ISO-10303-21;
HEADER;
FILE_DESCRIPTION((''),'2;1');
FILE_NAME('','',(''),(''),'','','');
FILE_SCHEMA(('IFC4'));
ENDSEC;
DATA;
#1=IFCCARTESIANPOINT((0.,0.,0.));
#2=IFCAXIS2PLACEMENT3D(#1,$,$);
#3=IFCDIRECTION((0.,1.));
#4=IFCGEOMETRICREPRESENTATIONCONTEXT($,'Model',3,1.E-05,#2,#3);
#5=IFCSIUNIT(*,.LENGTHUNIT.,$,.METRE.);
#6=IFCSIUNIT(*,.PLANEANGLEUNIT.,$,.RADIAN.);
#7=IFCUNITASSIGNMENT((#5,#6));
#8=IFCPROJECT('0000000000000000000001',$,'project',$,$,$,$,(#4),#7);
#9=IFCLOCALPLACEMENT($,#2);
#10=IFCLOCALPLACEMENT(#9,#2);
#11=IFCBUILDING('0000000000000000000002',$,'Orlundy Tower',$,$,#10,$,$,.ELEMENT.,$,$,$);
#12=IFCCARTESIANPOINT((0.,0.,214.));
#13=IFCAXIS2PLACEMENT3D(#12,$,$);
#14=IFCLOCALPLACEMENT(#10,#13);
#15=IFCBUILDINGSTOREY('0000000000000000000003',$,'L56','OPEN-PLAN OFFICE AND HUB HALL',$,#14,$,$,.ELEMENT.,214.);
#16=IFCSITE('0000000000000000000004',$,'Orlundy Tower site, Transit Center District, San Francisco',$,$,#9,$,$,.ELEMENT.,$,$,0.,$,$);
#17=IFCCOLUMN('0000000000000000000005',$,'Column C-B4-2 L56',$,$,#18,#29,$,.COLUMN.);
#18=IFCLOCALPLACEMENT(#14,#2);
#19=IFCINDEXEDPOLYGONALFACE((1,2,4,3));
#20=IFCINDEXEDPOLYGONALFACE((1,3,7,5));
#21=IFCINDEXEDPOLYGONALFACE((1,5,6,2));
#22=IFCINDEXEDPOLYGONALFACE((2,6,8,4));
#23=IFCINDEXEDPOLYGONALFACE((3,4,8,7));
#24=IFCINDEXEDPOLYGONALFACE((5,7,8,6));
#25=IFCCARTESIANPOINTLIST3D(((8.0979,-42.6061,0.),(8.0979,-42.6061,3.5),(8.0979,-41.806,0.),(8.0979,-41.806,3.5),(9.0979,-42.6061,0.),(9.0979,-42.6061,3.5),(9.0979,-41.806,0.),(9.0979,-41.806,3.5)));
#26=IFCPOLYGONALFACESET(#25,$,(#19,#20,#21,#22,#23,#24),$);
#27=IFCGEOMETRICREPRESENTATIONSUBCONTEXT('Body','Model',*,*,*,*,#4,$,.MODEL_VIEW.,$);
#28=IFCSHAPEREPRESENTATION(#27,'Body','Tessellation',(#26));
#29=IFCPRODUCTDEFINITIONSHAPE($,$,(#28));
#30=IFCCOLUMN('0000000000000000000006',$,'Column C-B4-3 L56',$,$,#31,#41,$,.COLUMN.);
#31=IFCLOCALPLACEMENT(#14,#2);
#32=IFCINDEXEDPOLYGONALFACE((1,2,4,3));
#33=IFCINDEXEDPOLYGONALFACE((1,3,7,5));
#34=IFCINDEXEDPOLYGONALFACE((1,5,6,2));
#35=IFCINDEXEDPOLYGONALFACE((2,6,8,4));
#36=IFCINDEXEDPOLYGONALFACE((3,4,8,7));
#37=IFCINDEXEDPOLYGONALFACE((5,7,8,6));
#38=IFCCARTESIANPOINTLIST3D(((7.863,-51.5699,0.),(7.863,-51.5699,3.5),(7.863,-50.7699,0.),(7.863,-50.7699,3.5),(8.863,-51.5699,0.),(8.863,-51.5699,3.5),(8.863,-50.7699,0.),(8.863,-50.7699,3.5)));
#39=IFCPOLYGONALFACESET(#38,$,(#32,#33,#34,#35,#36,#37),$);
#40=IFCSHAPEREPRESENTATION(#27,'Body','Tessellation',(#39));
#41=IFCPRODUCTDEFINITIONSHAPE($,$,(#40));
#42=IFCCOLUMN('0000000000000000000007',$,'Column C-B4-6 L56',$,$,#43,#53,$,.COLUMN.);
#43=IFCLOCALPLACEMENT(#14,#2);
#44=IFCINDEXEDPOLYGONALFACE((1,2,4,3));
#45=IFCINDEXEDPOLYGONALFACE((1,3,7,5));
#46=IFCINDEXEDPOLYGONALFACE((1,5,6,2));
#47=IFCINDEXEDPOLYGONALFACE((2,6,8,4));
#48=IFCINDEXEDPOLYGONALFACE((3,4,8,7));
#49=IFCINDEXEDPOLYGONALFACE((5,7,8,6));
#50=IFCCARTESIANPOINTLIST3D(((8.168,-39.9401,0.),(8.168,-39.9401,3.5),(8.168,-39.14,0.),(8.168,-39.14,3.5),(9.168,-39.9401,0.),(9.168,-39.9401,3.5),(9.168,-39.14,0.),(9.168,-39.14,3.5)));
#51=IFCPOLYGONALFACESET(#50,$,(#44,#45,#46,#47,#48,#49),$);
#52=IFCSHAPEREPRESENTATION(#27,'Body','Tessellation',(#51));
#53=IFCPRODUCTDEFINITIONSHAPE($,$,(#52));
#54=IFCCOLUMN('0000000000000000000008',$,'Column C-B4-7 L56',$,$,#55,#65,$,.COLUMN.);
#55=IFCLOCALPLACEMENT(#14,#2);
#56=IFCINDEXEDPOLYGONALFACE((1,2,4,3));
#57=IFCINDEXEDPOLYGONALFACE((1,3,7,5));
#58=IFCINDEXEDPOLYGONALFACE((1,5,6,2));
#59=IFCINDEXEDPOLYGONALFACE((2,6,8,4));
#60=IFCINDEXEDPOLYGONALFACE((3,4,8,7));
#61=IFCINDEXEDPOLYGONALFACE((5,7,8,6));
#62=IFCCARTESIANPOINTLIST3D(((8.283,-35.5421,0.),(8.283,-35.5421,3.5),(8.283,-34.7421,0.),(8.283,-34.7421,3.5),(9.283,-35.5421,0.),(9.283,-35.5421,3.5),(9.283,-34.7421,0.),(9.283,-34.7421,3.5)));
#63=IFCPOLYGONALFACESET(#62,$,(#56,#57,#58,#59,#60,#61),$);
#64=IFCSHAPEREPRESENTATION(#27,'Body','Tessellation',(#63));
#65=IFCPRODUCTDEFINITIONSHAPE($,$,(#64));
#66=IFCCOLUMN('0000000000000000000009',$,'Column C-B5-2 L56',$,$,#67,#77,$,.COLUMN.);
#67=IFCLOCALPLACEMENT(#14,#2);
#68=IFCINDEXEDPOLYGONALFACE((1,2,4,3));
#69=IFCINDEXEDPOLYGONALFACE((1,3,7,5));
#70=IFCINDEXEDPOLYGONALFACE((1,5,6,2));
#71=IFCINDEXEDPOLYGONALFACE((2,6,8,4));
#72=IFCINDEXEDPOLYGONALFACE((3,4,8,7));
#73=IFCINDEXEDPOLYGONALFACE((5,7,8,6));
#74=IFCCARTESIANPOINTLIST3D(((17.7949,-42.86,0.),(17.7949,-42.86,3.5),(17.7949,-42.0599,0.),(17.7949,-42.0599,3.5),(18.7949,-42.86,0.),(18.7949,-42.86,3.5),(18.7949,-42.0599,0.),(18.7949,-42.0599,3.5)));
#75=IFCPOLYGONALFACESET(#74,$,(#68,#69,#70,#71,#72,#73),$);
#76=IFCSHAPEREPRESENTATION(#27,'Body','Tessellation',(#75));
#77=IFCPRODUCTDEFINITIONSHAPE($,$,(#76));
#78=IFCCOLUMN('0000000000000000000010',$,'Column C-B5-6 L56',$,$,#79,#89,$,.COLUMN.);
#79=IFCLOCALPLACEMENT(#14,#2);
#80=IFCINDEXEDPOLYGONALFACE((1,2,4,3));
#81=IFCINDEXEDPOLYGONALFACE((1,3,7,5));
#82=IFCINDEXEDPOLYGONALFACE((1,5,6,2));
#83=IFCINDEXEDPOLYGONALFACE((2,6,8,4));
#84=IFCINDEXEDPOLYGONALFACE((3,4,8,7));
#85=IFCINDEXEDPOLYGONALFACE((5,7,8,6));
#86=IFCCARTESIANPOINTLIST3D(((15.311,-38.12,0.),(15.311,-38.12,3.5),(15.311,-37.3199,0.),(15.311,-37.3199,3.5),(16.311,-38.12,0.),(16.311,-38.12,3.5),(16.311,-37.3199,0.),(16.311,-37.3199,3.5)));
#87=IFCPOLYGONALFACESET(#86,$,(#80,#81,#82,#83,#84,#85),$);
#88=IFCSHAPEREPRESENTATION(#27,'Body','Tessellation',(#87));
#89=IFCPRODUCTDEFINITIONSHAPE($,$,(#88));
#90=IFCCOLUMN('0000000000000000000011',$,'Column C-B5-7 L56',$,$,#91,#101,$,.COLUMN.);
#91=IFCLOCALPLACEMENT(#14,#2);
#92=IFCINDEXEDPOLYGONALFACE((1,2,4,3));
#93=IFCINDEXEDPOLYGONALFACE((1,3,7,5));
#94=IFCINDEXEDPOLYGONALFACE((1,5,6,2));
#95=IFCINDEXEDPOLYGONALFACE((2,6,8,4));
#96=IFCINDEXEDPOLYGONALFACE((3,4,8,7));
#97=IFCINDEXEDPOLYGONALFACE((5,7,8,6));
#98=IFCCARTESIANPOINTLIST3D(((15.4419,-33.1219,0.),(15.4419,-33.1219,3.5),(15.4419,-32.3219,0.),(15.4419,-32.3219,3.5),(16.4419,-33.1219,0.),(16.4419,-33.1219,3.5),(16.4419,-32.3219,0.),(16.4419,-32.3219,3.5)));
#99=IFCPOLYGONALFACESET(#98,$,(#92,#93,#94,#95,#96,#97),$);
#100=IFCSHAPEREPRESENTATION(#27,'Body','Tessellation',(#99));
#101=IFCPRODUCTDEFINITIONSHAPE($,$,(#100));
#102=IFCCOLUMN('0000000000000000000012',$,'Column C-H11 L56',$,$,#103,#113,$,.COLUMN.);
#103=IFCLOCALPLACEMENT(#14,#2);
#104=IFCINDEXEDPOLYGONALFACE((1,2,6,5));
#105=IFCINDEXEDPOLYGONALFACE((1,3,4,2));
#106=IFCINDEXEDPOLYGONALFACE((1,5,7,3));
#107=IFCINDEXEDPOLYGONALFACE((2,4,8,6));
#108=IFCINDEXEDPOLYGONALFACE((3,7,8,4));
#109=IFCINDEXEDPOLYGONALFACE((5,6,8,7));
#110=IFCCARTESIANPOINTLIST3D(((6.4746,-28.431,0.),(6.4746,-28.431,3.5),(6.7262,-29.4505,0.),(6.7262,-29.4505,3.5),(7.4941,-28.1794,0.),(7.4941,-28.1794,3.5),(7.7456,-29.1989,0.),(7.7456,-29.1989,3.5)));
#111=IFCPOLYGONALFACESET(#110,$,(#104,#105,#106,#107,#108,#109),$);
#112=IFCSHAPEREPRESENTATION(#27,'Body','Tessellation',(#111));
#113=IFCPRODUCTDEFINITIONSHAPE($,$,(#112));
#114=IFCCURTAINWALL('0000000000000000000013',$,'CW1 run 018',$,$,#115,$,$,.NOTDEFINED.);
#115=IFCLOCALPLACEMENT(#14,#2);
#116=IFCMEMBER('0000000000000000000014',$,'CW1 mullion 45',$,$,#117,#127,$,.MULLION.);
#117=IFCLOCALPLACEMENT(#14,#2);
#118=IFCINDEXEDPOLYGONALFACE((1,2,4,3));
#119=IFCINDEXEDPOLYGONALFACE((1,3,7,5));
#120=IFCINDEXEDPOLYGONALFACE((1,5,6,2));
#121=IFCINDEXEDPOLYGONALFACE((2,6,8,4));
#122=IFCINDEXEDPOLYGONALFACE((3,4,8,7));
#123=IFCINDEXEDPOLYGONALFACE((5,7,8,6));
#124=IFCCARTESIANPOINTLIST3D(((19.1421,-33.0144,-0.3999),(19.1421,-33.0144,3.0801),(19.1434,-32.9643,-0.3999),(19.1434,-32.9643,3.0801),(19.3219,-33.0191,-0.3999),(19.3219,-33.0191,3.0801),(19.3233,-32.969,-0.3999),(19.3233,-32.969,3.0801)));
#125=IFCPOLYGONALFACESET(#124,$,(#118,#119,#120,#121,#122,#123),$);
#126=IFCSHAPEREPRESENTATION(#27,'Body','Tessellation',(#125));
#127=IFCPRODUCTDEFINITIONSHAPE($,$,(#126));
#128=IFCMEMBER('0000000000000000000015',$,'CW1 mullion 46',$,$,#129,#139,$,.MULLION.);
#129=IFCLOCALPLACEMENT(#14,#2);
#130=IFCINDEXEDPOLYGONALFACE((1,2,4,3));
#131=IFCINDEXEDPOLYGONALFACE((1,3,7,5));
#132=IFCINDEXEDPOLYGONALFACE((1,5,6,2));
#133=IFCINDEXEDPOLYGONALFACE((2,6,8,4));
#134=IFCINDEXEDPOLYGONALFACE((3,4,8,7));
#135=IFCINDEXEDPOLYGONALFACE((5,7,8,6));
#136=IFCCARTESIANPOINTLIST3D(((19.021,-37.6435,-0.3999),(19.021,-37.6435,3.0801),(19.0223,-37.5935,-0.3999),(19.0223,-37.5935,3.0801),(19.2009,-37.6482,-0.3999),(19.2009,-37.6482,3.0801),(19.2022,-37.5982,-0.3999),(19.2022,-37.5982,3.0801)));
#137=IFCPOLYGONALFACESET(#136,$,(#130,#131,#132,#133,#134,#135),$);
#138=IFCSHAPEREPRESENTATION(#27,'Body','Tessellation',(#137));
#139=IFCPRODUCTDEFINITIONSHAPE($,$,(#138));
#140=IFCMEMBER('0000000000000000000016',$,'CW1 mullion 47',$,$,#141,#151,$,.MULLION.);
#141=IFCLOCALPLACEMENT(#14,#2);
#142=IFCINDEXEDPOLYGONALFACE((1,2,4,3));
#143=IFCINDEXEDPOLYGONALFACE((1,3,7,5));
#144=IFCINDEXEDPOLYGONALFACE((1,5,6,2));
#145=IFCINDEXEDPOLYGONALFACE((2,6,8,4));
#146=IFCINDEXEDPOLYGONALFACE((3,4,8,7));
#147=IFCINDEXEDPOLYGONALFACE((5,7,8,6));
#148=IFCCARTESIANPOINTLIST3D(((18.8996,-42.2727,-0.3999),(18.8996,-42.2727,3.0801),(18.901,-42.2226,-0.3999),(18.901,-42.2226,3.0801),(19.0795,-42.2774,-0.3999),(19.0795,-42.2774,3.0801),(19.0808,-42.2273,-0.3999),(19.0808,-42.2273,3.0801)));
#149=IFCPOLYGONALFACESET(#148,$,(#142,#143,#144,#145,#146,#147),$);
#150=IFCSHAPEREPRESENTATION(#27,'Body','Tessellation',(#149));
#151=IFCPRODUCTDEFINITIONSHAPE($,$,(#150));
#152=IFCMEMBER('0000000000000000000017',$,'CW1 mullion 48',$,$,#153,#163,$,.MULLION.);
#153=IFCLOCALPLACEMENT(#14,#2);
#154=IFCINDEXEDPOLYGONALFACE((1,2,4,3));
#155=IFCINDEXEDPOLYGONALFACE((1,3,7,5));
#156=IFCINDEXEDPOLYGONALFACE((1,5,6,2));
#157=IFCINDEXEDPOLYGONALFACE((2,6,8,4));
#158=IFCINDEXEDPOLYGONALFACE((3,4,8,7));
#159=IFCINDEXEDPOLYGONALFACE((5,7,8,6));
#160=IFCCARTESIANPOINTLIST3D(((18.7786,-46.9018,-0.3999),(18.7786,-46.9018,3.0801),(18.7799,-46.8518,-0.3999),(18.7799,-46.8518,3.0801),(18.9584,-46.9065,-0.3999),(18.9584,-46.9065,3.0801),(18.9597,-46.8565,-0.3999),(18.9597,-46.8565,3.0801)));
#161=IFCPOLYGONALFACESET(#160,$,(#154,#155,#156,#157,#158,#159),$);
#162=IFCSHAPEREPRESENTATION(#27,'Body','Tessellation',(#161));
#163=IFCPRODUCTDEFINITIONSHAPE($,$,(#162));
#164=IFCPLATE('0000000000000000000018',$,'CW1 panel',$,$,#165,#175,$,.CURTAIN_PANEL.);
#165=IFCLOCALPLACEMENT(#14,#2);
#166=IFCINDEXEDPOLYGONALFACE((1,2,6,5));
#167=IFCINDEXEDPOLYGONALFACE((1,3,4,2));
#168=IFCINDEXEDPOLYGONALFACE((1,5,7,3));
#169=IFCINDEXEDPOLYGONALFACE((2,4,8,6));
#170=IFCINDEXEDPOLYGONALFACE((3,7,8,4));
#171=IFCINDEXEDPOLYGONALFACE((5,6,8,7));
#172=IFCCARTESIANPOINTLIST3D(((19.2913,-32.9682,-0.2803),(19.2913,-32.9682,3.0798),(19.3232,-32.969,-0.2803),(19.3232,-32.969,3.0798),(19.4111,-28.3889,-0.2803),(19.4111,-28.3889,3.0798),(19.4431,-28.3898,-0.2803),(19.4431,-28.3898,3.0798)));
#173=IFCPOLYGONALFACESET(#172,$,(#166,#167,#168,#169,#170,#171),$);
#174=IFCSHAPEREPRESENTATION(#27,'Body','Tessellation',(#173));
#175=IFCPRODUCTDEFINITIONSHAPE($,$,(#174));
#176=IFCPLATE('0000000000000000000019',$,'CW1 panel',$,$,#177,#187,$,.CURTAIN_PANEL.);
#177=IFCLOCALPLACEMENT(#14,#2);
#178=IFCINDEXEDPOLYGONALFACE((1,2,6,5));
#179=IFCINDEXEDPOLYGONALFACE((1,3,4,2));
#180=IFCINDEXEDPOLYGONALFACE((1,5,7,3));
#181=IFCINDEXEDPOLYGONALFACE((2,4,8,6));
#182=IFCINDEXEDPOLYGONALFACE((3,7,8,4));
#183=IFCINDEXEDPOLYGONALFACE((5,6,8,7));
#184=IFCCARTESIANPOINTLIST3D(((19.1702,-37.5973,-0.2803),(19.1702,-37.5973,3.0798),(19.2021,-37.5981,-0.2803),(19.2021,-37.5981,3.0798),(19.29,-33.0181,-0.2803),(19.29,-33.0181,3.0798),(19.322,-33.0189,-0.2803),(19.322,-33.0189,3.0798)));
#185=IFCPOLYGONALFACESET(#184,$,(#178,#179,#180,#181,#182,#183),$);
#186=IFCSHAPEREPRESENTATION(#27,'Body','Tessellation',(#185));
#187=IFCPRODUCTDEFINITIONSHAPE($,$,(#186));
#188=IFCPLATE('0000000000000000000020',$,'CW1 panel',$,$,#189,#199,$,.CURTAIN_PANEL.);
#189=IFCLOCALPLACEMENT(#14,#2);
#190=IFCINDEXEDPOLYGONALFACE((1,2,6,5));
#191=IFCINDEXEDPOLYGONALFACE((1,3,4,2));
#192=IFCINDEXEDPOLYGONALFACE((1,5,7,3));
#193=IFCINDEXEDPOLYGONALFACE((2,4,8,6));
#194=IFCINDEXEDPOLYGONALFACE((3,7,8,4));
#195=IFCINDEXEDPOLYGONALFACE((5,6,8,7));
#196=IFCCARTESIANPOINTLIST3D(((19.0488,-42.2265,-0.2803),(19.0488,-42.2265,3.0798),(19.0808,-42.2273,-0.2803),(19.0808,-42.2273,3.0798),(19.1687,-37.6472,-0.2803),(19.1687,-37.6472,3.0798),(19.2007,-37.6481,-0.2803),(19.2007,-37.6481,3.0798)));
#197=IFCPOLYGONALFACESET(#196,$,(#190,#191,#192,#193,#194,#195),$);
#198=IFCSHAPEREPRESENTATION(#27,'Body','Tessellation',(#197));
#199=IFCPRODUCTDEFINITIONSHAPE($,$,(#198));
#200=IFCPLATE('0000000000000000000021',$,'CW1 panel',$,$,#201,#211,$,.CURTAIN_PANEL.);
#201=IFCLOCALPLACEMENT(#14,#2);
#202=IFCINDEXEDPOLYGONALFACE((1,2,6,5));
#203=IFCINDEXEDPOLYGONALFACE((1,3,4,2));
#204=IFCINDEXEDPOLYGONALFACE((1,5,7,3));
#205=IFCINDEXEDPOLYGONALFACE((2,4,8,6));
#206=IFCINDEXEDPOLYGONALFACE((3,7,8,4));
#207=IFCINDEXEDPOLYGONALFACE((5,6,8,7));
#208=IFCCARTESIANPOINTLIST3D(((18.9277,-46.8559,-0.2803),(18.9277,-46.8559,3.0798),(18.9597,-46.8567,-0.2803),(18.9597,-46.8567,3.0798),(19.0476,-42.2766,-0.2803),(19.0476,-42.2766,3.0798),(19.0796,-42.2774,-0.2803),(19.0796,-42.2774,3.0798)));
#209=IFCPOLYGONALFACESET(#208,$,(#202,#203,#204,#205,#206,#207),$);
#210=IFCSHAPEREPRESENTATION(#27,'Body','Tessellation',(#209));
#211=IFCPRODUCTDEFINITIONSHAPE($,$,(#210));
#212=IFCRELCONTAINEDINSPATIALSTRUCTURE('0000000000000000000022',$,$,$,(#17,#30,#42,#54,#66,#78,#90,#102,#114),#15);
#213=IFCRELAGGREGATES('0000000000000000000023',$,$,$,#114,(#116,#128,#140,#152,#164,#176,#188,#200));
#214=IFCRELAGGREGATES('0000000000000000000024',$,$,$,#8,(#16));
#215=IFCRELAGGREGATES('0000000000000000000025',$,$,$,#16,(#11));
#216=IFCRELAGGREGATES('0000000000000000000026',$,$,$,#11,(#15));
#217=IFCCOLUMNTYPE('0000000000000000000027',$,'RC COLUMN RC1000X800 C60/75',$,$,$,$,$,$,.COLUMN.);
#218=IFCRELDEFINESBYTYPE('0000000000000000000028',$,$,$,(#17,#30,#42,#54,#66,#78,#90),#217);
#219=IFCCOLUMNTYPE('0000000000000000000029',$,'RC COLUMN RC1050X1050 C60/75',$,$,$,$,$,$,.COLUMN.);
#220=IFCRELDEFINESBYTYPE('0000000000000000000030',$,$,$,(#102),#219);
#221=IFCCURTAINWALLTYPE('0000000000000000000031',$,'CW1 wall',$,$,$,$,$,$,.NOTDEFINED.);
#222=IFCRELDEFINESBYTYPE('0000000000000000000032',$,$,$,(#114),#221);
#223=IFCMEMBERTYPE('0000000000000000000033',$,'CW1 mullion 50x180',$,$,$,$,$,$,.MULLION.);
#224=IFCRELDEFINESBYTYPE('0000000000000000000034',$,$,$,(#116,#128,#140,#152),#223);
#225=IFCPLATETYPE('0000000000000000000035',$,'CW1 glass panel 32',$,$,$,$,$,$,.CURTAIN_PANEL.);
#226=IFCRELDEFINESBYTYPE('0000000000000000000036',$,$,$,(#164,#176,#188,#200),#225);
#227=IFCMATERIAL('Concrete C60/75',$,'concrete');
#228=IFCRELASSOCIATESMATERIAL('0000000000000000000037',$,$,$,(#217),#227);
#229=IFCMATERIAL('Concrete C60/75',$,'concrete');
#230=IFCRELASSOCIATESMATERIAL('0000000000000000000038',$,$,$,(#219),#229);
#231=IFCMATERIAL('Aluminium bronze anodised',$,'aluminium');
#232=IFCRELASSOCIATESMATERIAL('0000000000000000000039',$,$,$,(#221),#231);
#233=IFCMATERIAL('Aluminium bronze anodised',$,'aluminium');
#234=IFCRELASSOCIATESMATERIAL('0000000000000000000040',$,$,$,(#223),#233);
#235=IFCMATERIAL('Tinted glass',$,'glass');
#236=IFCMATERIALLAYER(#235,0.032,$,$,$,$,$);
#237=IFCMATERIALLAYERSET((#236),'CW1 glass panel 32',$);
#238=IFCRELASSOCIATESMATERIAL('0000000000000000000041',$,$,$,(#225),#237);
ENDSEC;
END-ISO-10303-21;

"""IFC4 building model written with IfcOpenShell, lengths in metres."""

from ifc_helpers import new_model, si_unit, direction, frame, origin, origin_2d, place, context, subcontext, project, spatial, rectangle, extrude, material, layer, layer_set, material_profile, profile_set, type_object, element, aggregate, save


model = new_model("IFC4")

# Units and contexts
model_context = context("Model", 3, precision=1e-05, world=origin(), true_north=direction((0.0, 1.0)))
body_context = subcontext(model_context, "Body", "Model", "MODEL_VIEW")
ifc_project = project(units=[si_unit("LENGTHUNIT", "METRE"), si_unit("PLANEANGLEUNIT", "RADIAN")], contexts=[model_context])

# Site, building, storey
site_placement = place(None, origin())
site = spatial("IfcSite", under=ifc_project, at=site_placement, Name="Orlundy Tower site, Transit Center District, San Francisco", CompositionType="ELEMENT", RefElevation=0.0)
building_placement = place(site_placement, origin())
building = spatial("IfcBuilding", under=site, at=building_placement, Name="Orlundy Tower", CompositionType="ELEMENT")
storey_placement = place(building_placement, frame((0.0, 0.0, 214.0)))
storey = spatial("IfcBuildingStorey", under=building, at=storey_placement, Name="L56", Description="OPEN-PLAN OFFICE AND HUB HALL", CompositionType="ELEMENT", Elevation=214.0)

# Columns
ifc_material_1 = material(Name="Concrete C60/75", Category="concrete")
ifc_material_profile_1 = material_profile(ifc_material_1, rectangle(XDim=1.0, YDim=0.8, at=origin_2d()), Name="RC1000X800")
ifc_profile_set_1 = profile_set([ifc_material_profile_1], Name="Concrete C60/75")
column_type_1 = type_object("IfcColumnType", Name="RC COLUMN RC1000X800 C60/75", PredefinedType="COLUMN", material=ifc_profile_set_1)
for number, where, z_axis, x_axis, name in (
    (1, (8.5979, -42.2061, 0.0), (0.0, 0.0, 1.0), (1.0, 0.0, 0.0), "Column C-B4-2 L56"),
    (2, (8.363, -51.1699, 0.0), (0.0, 0.0, 1.0), (1.0, 0.0, 0.0), "Column C-B4-3 L56"),
    (3, (8.668, -39.54, 0.0), (0.0, 0.0, 1.0), (1.0, 0.0, 0.0), "Column C-B4-6 L56"),
    (4, (8.783, -35.1421, 0.0), (0.0, 0.0, 1.0), (1.0, 0.0, 0.0), "Column C-B4-7 L56"),
    (5, (18.2949, -42.46, 0.0), (0.0, 0.0, 1.0), (1.0, 0.0, 0.0), "Column C-B5-2 L56"),
    (6, (15.811, -37.72, 0.0), (0.0, 0.0, 1.0), (1.0, 0.0, 0.0), "Column C-B5-6 L56"),
    (7, (15.9419, -32.7219, 0.0), (0.0, 0.0, 1.0), (1.0, 0.0, 0.0), "Column C-B5-7 L56"),
):
    element("IfcColumn", number, at=place(storey_placement, frame(where, z_axis=z_axis, x_axis=x_axis)), inside=storey, type_object=column_type_1, Name=name, PredefinedType="COLUMN", context=body_context, shape_type="SweptSolid", body=[
        extrude(rectangle(XDim=1.0, YDim=0.8, at=origin_2d()), origin(), (0.0, 0.0, 1.0), 3.5),
    ])
ifc_material_2 = material(Name="Concrete C60/75", Category="concrete")
ifc_material_profile_2 = material_profile(ifc_material_2, rectangle(XDim=1.05, YDim=1.05, at=origin_2d()), Name="RC1050X1050")
ifc_profile_set_2 = profile_set([ifc_material_profile_2], Name="Concrete C60/75")
column_type_2 = type_object("IfcColumnType", Name="RC COLUMN RC1050X1050 C60/75", PredefinedType="COLUMN", material=ifc_profile_set_2)
column_placement = place(storey_placement, frame((7.1101, -28.8149, 0.0), z_axis=(0.0, 0.0, 1.0), x_axis=(0.239567, -0.97088, 0.0)))
element("IfcColumn", 8, at=column_placement, inside=storey, type_object=column_type_2, Name="Column C-H11 L56", PredefinedType="COLUMN", context=body_context, shape_type="SweptSolid", body=[
    extrude(rectangle(XDim=1.05, YDim=1.05, at=origin_2d()), origin(), (0.0, 0.0, 1.0), 3.5),
])

# Curtain wall, members, plates
ifc_material_3 = material(Name="Aluminium bronze anodised", Category="aluminium")
curtain_wall_type = type_object("IfcCurtainWallType", Name="CW1 wall", PredefinedType="NOTDEFINED", material=ifc_material_3)
curtain_wall_placement = place(storey_placement, origin())
curtain_wall = element("IfcCurtainWall", 9, at=curtain_wall_placement, inside=storey, type_object=curtain_wall_type, Name="CW1 run 018", PredefinedType="NOTDEFINED")
ifc_material_4 = material(Name="Aluminium bronze anodised", Category="aluminium")
ifc_material_profile_3 = material_profile(ifc_material_4, rectangle(XDim=0.1799, YDim=0.05, at=origin_2d()), Name="CW1 mullion 50x180")
ifc_profile_set_3 = profile_set([ifc_material_profile_3], Name="Aluminium bronze anodised")
member_type = type_object("IfcMemberType", Name="CW1 mullion 50x180", PredefinedType="MULLION", material=ifc_profile_set_3)
member_1_placement = place(storey_placement, frame((19.2327, -32.9917, -0.3999), z_axis=(0.0, 0.0, 1.0), x_axis=(0.999658, -0.026166, 0.0)))
member_1 = element("IfcMember", 10, at=member_1_placement, type_object=member_type, Name="CW1 mullion 45", PredefinedType="MULLION", context=body_context, shape_type="SweptSolid", body=[
    extrude(rectangle(XDim=0.1799, YDim=0.05, at=origin_2d()), origin(), (0.0, 0.0, 1.0), 3.48),
])
member_2_placement = place(storey_placement, frame((19.1116, -37.6208, -0.3999), z_axis=(0.0, 0.0, 1.0), x_axis=(0.999658, -0.026166, 0.0)))
member_2 = element("IfcMember", 11, at=member_2_placement, type_object=member_type, Name="CW1 mullion 46", PredefinedType="MULLION", context=body_context, shape_type="SweptSolid", body=[
    extrude(rectangle(XDim=0.1799, YDim=0.05, at=origin_2d()), origin(), (0.0, 0.0, 1.0), 3.48),
])
member_3_placement = place(storey_placement, frame((18.9902, -42.25, -0.3999), z_axis=(0.0, 0.0, 1.0), x_axis=(0.999658, -0.026166, 0.0)))
member_3 = element("IfcMember", 12, at=member_3_placement, type_object=member_type, Name="CW1 mullion 47", PredefinedType="MULLION", context=body_context, shape_type="SweptSolid", body=[
    extrude(rectangle(XDim=0.1799, YDim=0.05, at=origin_2d()), origin(), (0.0, 0.0, 1.0), 3.48),
])
member_4_placement = place(storey_placement, frame((18.8691, -46.8792, -0.3999), z_axis=(0.0, 0.0, 1.0), x_axis=(0.999658, -0.026166, 0.0)))
member_4 = element("IfcMember", 13, at=member_4_placement, type_object=member_type, Name="CW1 mullion 48", PredefinedType="MULLION", context=body_context, shape_type="SweptSolid", body=[
    extrude(rectangle(XDim=0.1799, YDim=0.05, at=origin_2d()), origin(), (0.0, 0.0, 1.0), 3.48),
])
ifc_material_5 = material(Name="Tinted glass", Category="glass")
ifc_layer_1 = layer(ifc_material_5, 0.032)
ifc_layer_set_1 = layer_set([ifc_layer_1], Name="CW1 glass panel 32")
plate_type = type_object("IfcPlateType", Name="CW1 glass panel 32", PredefinedType="CURTAIN_PANEL", material=ifc_layer_set_1)
plate_1_placement = place(storey_placement, frame((19.3672, -30.679, -0.2803), z_axis=(0.0, 0.0, 1.0), x_axis=(-0.026166, -0.999658, 0.0)))
plate_1 = element("IfcPlate", 14, at=plate_1_placement, type_object=plate_type, Name="CW1 panel", PredefinedType="CURTAIN_PANEL", context=body_context, shape_type="SweptSolid", body=[
    extrude(rectangle(XDim=4.5808, YDim=0.032, at=origin_2d()), origin(), (0.0, 0.0, 1.0), 3.3601),
])
plate_2_placement = place(storey_placement, frame((19.2461, -35.3081, -0.2803), z_axis=(0.0, 0.0, 1.0), x_axis=(-0.026166, -0.999658, 0.0)))
plate_2 = element("IfcPlate", 15, at=plate_2_placement, type_object=plate_type, Name="CW1 panel", PredefinedType="CURTAIN_PANEL", context=body_context, shape_type="SweptSolid", body=[
    extrude(rectangle(XDim=4.5808, YDim=0.032, at=origin_2d()), origin(), (0.0, 0.0, 1.0), 3.3601),
])
plate_3_placement = place(storey_placement, frame((19.1248, -39.9373, -0.2803), z_axis=(0.0, 0.0, 1.0), x_axis=(-0.026166, -0.999658, 0.0)))
plate_3 = element("IfcPlate", 16, at=plate_3_placement, type_object=plate_type, Name="CW1 panel", PredefinedType="CURTAIN_PANEL", context=body_context, shape_type="SweptSolid", body=[
    extrude(rectangle(XDim=4.5808, YDim=0.032, at=origin_2d()), origin(), (0.0, 0.0, 1.0), 3.3601),
])
plate_4_placement = place(storey_placement, frame((19.0037, -44.5667, -0.2803), z_axis=(0.0, 0.0, 1.0), x_axis=(-0.026166, -0.999658, 0.0)))
plate_4 = element("IfcPlate", 17, at=plate_4_placement, type_object=plate_type, Name="CW1 panel", PredefinedType="CURTAIN_PANEL", context=body_context, shape_type="SweptSolid", body=[
    extrude(rectangle(XDim=4.5808, YDim=0.032, at=origin_2d()), origin(), (0.0, 0.0, 1.0), 3.3601),
])
aggregate(curtain_wall, [member_1, member_2, member_3, member_4, plate_1, plate_2, plate_3, plate_4])

save(model, "model.ifc")
